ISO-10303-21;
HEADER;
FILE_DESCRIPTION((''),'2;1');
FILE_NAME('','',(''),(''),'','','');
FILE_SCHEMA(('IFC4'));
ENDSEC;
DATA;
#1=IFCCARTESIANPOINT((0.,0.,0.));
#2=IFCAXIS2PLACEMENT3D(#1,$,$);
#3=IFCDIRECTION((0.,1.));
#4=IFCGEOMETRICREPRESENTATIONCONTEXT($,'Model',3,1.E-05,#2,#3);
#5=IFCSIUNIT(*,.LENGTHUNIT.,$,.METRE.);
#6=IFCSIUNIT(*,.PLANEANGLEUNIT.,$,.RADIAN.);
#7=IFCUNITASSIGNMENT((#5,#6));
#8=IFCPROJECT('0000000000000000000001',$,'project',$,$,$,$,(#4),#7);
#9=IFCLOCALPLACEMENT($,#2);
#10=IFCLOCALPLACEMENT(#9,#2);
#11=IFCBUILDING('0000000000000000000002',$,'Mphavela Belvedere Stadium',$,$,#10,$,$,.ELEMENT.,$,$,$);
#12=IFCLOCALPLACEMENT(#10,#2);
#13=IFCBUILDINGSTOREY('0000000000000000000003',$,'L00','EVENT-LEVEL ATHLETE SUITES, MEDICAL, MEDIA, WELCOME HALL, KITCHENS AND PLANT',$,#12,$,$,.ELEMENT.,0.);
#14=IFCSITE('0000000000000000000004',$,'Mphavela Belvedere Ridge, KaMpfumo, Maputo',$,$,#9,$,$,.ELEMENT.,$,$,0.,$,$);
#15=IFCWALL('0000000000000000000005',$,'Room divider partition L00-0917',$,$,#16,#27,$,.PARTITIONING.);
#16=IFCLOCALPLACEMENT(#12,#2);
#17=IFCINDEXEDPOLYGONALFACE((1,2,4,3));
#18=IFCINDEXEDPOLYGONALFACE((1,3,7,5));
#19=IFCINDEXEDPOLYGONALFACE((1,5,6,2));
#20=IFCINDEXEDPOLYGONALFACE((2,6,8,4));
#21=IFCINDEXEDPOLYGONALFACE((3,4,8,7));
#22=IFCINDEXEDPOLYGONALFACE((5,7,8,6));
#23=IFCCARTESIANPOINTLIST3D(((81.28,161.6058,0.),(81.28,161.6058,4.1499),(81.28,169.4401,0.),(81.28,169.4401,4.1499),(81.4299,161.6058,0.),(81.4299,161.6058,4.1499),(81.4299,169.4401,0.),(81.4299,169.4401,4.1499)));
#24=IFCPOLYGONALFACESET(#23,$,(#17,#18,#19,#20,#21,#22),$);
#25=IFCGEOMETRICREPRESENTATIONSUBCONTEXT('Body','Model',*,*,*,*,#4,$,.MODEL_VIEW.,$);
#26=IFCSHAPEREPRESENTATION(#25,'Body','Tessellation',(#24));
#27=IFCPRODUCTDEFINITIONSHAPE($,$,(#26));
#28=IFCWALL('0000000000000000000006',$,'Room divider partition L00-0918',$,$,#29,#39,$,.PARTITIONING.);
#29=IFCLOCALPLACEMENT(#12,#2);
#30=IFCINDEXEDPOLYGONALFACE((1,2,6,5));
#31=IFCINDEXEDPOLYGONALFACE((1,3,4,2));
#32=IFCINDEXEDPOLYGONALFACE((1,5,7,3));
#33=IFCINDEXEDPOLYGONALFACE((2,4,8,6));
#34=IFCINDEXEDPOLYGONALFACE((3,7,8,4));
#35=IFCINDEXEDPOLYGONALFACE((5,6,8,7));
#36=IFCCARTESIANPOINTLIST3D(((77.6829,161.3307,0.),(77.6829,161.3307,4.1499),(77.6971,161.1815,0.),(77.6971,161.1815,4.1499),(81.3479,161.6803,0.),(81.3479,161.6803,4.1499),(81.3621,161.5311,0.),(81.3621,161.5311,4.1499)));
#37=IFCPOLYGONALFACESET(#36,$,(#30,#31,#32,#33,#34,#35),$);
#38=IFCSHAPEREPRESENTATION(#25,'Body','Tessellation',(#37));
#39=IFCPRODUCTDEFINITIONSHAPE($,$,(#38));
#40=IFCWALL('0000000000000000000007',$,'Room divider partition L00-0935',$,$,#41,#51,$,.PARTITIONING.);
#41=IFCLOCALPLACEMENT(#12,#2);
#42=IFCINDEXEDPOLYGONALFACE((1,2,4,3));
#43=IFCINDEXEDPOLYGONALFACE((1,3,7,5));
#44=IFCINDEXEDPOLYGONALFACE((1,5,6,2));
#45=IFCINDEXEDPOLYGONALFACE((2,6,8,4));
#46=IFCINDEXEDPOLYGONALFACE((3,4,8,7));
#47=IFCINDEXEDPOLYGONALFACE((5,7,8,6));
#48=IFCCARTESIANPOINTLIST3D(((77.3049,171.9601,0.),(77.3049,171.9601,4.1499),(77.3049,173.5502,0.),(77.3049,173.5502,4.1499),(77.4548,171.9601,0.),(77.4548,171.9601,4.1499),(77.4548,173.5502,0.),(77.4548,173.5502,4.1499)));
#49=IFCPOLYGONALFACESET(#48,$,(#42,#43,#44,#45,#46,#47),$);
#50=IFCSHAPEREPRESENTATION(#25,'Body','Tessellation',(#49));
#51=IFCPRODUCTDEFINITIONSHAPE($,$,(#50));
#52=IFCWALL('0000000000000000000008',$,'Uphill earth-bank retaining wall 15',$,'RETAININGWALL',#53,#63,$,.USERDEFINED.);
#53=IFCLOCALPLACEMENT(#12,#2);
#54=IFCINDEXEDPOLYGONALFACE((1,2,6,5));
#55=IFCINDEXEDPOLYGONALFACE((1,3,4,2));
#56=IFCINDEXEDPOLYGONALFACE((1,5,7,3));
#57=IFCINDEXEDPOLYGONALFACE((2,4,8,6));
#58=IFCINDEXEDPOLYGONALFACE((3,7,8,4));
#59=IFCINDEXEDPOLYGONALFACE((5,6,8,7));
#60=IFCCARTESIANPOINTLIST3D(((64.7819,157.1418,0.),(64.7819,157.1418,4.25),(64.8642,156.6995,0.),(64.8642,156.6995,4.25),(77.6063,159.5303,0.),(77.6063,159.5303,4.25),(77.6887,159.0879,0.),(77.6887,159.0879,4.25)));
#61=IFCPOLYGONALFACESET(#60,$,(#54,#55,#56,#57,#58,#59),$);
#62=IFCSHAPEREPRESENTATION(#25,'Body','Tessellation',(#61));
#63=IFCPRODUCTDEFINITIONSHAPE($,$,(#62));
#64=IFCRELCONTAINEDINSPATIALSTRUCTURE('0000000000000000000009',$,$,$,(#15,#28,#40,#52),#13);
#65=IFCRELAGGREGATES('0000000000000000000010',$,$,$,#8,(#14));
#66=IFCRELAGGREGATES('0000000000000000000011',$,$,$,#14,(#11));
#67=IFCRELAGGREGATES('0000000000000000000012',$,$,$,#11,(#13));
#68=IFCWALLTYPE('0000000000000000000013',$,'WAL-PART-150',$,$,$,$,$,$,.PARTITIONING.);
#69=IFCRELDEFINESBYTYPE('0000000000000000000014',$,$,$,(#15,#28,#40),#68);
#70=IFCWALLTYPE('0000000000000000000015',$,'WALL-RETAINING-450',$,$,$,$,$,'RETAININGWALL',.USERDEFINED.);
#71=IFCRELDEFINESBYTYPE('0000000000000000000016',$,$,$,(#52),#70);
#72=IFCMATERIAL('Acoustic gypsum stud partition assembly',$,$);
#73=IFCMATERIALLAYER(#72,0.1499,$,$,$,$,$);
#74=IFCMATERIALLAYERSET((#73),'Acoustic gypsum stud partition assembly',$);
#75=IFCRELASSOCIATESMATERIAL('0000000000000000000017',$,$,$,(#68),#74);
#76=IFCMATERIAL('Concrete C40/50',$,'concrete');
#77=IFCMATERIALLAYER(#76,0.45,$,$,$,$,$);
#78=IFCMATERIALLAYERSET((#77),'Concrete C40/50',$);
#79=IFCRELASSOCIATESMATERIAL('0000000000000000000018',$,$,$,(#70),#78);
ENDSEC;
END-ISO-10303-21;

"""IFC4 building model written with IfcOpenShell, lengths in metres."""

from ifc_helpers import new_model, si_unit, direction, frame, frame_2d, origin, place, context, subcontext, project, spatial, rectangle, extrude, material, layer, layer_set, type_object, element, save


model = new_model("IFC4")

# Units and contexts
model_context = context("Model", 3, precision=1e-05, world=origin(), true_north=direction((0.0, 1.0)))
body_context = subcontext(model_context, "Body", "Model", "MODEL_VIEW")
ifc_project = project(units=[si_unit("LENGTHUNIT", "METRE"), si_unit("PLANEANGLEUNIT", "RADIAN")], contexts=[model_context])

# Site, building, storey
site_placement = place(None, origin())
site = spatial("IfcSite", under=ifc_project, at=site_placement, Name="Mphavela Belvedere Ridge, KaMpfumo, Maputo", CompositionType="ELEMENT", RefElevation=0.0)
building_placement = place(site_placement, origin())
building = spatial("IfcBuilding", under=site, at=building_placement, Name="Mphavela Belvedere Stadium", CompositionType="ELEMENT")
storey_placement = place(building_placement, origin())
storey = spatial("IfcBuildingStorey", under=building, at=storey_placement, Name="L00", Description="EVENT-LEVEL ATHLETE SUITES, MEDICAL, MEDIA, WELCOME HALL, KITCHENS AND PLANT", CompositionType="ELEMENT", Elevation=0.0)

# Shared definitions
ifc_material_1 = material(Name="Acoustic gypsum stud partition assembly")
ifc_layer_1 = layer(ifc_material_1, 0.1499)
ifc_layer_set_1 = layer_set([ifc_layer_1], Name="Acoustic gypsum stud partition assembly")
wall_type_1 = type_object("IfcWallType", Name="WAL-PART-150", PredefinedType="PARTITIONING", material=ifc_layer_set_1)

# Walls
wall_1_placement = place(storey_placement, frame((81.355, 169.4399, 0.0), z_axis=(0.0, 0.0, 1.0), x_axis=(0.0, -1.0, 0.0)))
element("IfcWall", 1, at=wall_1_placement, inside=storey, type_object=wall_type_1, Name="Room divider partition L00-0917", PredefinedType="PARTITIONING", context=body_context, shape_type="SweptSolid", body=[
    extrude(rectangle(XDim=7.8342, YDim=0.1499, at=frame_2d((3.917, 0.0))), origin(), (0.0, 0.0, 1.0), 4.1499),
])
wall_2_placement = place(storey_placement, frame((81.355, 161.6057, 0.0), z_axis=(0.0, 0.0, 1.0), x_axis=(-0.995481, -0.094959, 0.0)))
element("IfcWall", 2, at=wall_2_placement, inside=storey, type_object=wall_type_1, Name="Room divider partition L00-0918", PredefinedType="PARTITIONING", context=body_context, shape_type="SweptSolid", body=[
    extrude(rectangle(XDim=3.6816, YDim=0.1499, at=frame_2d((1.8408, 0.0))), origin(), (0.0, 0.0, 1.0), 4.1499),
])
wall_3_placement = place(storey_placement, frame((77.3799, 173.55, 0.0), z_axis=(0.0, 0.0, 1.0), x_axis=(0.0, -1.0, 0.0)))
element("IfcWall", 3, at=wall_3_placement, inside=storey, type_object=wall_type_1, Name="Room divider partition L00-0935", PredefinedType="PARTITIONING", context=body_context, shape_type="SweptSolid", body=[
    extrude(rectangle(XDim=1.5901, YDim=0.1499, at=frame_2d((0.7949, 0.0))), origin(), (0.0, 0.0, 1.0), 4.1499),
])
ifc_material_2 = material(Name="Concrete C40/50", Category="concrete")
ifc_layer_2 = layer(ifc_material_2, 0.45)
ifc_layer_set_2 = layer_set([ifc_layer_2], Name="Concrete C40/50")
wall_type_2 = type_object("IfcWallType", Name="WALL-RETAINING-450", ElementType="RETAININGWALL", PredefinedType="USERDEFINED", material=ifc_layer_set_2)
wall_4_placement = place(storey_placement, frame((77.6475, 159.3091, 0.0), z_axis=(0.0, 0.0, 1.0), x_axis=(-0.983096, -0.183092, 0.0)))
element("IfcWall", 4, at=wall_4_placement, inside=storey, type_object=wall_type_2, Name="Uphill earth-bank retaining wall 15", ObjectType="RETAININGWALL", PredefinedType="USERDEFINED", context=body_context, shape_type="SweptSolid", body=[
    extrude(rectangle(XDim=13.0449, YDim=0.45, at=frame_2d((6.5225, 0.0))), origin(), (0.0, 0.0, 1.0), 4.25),
])

save(model, "model.ifc")
